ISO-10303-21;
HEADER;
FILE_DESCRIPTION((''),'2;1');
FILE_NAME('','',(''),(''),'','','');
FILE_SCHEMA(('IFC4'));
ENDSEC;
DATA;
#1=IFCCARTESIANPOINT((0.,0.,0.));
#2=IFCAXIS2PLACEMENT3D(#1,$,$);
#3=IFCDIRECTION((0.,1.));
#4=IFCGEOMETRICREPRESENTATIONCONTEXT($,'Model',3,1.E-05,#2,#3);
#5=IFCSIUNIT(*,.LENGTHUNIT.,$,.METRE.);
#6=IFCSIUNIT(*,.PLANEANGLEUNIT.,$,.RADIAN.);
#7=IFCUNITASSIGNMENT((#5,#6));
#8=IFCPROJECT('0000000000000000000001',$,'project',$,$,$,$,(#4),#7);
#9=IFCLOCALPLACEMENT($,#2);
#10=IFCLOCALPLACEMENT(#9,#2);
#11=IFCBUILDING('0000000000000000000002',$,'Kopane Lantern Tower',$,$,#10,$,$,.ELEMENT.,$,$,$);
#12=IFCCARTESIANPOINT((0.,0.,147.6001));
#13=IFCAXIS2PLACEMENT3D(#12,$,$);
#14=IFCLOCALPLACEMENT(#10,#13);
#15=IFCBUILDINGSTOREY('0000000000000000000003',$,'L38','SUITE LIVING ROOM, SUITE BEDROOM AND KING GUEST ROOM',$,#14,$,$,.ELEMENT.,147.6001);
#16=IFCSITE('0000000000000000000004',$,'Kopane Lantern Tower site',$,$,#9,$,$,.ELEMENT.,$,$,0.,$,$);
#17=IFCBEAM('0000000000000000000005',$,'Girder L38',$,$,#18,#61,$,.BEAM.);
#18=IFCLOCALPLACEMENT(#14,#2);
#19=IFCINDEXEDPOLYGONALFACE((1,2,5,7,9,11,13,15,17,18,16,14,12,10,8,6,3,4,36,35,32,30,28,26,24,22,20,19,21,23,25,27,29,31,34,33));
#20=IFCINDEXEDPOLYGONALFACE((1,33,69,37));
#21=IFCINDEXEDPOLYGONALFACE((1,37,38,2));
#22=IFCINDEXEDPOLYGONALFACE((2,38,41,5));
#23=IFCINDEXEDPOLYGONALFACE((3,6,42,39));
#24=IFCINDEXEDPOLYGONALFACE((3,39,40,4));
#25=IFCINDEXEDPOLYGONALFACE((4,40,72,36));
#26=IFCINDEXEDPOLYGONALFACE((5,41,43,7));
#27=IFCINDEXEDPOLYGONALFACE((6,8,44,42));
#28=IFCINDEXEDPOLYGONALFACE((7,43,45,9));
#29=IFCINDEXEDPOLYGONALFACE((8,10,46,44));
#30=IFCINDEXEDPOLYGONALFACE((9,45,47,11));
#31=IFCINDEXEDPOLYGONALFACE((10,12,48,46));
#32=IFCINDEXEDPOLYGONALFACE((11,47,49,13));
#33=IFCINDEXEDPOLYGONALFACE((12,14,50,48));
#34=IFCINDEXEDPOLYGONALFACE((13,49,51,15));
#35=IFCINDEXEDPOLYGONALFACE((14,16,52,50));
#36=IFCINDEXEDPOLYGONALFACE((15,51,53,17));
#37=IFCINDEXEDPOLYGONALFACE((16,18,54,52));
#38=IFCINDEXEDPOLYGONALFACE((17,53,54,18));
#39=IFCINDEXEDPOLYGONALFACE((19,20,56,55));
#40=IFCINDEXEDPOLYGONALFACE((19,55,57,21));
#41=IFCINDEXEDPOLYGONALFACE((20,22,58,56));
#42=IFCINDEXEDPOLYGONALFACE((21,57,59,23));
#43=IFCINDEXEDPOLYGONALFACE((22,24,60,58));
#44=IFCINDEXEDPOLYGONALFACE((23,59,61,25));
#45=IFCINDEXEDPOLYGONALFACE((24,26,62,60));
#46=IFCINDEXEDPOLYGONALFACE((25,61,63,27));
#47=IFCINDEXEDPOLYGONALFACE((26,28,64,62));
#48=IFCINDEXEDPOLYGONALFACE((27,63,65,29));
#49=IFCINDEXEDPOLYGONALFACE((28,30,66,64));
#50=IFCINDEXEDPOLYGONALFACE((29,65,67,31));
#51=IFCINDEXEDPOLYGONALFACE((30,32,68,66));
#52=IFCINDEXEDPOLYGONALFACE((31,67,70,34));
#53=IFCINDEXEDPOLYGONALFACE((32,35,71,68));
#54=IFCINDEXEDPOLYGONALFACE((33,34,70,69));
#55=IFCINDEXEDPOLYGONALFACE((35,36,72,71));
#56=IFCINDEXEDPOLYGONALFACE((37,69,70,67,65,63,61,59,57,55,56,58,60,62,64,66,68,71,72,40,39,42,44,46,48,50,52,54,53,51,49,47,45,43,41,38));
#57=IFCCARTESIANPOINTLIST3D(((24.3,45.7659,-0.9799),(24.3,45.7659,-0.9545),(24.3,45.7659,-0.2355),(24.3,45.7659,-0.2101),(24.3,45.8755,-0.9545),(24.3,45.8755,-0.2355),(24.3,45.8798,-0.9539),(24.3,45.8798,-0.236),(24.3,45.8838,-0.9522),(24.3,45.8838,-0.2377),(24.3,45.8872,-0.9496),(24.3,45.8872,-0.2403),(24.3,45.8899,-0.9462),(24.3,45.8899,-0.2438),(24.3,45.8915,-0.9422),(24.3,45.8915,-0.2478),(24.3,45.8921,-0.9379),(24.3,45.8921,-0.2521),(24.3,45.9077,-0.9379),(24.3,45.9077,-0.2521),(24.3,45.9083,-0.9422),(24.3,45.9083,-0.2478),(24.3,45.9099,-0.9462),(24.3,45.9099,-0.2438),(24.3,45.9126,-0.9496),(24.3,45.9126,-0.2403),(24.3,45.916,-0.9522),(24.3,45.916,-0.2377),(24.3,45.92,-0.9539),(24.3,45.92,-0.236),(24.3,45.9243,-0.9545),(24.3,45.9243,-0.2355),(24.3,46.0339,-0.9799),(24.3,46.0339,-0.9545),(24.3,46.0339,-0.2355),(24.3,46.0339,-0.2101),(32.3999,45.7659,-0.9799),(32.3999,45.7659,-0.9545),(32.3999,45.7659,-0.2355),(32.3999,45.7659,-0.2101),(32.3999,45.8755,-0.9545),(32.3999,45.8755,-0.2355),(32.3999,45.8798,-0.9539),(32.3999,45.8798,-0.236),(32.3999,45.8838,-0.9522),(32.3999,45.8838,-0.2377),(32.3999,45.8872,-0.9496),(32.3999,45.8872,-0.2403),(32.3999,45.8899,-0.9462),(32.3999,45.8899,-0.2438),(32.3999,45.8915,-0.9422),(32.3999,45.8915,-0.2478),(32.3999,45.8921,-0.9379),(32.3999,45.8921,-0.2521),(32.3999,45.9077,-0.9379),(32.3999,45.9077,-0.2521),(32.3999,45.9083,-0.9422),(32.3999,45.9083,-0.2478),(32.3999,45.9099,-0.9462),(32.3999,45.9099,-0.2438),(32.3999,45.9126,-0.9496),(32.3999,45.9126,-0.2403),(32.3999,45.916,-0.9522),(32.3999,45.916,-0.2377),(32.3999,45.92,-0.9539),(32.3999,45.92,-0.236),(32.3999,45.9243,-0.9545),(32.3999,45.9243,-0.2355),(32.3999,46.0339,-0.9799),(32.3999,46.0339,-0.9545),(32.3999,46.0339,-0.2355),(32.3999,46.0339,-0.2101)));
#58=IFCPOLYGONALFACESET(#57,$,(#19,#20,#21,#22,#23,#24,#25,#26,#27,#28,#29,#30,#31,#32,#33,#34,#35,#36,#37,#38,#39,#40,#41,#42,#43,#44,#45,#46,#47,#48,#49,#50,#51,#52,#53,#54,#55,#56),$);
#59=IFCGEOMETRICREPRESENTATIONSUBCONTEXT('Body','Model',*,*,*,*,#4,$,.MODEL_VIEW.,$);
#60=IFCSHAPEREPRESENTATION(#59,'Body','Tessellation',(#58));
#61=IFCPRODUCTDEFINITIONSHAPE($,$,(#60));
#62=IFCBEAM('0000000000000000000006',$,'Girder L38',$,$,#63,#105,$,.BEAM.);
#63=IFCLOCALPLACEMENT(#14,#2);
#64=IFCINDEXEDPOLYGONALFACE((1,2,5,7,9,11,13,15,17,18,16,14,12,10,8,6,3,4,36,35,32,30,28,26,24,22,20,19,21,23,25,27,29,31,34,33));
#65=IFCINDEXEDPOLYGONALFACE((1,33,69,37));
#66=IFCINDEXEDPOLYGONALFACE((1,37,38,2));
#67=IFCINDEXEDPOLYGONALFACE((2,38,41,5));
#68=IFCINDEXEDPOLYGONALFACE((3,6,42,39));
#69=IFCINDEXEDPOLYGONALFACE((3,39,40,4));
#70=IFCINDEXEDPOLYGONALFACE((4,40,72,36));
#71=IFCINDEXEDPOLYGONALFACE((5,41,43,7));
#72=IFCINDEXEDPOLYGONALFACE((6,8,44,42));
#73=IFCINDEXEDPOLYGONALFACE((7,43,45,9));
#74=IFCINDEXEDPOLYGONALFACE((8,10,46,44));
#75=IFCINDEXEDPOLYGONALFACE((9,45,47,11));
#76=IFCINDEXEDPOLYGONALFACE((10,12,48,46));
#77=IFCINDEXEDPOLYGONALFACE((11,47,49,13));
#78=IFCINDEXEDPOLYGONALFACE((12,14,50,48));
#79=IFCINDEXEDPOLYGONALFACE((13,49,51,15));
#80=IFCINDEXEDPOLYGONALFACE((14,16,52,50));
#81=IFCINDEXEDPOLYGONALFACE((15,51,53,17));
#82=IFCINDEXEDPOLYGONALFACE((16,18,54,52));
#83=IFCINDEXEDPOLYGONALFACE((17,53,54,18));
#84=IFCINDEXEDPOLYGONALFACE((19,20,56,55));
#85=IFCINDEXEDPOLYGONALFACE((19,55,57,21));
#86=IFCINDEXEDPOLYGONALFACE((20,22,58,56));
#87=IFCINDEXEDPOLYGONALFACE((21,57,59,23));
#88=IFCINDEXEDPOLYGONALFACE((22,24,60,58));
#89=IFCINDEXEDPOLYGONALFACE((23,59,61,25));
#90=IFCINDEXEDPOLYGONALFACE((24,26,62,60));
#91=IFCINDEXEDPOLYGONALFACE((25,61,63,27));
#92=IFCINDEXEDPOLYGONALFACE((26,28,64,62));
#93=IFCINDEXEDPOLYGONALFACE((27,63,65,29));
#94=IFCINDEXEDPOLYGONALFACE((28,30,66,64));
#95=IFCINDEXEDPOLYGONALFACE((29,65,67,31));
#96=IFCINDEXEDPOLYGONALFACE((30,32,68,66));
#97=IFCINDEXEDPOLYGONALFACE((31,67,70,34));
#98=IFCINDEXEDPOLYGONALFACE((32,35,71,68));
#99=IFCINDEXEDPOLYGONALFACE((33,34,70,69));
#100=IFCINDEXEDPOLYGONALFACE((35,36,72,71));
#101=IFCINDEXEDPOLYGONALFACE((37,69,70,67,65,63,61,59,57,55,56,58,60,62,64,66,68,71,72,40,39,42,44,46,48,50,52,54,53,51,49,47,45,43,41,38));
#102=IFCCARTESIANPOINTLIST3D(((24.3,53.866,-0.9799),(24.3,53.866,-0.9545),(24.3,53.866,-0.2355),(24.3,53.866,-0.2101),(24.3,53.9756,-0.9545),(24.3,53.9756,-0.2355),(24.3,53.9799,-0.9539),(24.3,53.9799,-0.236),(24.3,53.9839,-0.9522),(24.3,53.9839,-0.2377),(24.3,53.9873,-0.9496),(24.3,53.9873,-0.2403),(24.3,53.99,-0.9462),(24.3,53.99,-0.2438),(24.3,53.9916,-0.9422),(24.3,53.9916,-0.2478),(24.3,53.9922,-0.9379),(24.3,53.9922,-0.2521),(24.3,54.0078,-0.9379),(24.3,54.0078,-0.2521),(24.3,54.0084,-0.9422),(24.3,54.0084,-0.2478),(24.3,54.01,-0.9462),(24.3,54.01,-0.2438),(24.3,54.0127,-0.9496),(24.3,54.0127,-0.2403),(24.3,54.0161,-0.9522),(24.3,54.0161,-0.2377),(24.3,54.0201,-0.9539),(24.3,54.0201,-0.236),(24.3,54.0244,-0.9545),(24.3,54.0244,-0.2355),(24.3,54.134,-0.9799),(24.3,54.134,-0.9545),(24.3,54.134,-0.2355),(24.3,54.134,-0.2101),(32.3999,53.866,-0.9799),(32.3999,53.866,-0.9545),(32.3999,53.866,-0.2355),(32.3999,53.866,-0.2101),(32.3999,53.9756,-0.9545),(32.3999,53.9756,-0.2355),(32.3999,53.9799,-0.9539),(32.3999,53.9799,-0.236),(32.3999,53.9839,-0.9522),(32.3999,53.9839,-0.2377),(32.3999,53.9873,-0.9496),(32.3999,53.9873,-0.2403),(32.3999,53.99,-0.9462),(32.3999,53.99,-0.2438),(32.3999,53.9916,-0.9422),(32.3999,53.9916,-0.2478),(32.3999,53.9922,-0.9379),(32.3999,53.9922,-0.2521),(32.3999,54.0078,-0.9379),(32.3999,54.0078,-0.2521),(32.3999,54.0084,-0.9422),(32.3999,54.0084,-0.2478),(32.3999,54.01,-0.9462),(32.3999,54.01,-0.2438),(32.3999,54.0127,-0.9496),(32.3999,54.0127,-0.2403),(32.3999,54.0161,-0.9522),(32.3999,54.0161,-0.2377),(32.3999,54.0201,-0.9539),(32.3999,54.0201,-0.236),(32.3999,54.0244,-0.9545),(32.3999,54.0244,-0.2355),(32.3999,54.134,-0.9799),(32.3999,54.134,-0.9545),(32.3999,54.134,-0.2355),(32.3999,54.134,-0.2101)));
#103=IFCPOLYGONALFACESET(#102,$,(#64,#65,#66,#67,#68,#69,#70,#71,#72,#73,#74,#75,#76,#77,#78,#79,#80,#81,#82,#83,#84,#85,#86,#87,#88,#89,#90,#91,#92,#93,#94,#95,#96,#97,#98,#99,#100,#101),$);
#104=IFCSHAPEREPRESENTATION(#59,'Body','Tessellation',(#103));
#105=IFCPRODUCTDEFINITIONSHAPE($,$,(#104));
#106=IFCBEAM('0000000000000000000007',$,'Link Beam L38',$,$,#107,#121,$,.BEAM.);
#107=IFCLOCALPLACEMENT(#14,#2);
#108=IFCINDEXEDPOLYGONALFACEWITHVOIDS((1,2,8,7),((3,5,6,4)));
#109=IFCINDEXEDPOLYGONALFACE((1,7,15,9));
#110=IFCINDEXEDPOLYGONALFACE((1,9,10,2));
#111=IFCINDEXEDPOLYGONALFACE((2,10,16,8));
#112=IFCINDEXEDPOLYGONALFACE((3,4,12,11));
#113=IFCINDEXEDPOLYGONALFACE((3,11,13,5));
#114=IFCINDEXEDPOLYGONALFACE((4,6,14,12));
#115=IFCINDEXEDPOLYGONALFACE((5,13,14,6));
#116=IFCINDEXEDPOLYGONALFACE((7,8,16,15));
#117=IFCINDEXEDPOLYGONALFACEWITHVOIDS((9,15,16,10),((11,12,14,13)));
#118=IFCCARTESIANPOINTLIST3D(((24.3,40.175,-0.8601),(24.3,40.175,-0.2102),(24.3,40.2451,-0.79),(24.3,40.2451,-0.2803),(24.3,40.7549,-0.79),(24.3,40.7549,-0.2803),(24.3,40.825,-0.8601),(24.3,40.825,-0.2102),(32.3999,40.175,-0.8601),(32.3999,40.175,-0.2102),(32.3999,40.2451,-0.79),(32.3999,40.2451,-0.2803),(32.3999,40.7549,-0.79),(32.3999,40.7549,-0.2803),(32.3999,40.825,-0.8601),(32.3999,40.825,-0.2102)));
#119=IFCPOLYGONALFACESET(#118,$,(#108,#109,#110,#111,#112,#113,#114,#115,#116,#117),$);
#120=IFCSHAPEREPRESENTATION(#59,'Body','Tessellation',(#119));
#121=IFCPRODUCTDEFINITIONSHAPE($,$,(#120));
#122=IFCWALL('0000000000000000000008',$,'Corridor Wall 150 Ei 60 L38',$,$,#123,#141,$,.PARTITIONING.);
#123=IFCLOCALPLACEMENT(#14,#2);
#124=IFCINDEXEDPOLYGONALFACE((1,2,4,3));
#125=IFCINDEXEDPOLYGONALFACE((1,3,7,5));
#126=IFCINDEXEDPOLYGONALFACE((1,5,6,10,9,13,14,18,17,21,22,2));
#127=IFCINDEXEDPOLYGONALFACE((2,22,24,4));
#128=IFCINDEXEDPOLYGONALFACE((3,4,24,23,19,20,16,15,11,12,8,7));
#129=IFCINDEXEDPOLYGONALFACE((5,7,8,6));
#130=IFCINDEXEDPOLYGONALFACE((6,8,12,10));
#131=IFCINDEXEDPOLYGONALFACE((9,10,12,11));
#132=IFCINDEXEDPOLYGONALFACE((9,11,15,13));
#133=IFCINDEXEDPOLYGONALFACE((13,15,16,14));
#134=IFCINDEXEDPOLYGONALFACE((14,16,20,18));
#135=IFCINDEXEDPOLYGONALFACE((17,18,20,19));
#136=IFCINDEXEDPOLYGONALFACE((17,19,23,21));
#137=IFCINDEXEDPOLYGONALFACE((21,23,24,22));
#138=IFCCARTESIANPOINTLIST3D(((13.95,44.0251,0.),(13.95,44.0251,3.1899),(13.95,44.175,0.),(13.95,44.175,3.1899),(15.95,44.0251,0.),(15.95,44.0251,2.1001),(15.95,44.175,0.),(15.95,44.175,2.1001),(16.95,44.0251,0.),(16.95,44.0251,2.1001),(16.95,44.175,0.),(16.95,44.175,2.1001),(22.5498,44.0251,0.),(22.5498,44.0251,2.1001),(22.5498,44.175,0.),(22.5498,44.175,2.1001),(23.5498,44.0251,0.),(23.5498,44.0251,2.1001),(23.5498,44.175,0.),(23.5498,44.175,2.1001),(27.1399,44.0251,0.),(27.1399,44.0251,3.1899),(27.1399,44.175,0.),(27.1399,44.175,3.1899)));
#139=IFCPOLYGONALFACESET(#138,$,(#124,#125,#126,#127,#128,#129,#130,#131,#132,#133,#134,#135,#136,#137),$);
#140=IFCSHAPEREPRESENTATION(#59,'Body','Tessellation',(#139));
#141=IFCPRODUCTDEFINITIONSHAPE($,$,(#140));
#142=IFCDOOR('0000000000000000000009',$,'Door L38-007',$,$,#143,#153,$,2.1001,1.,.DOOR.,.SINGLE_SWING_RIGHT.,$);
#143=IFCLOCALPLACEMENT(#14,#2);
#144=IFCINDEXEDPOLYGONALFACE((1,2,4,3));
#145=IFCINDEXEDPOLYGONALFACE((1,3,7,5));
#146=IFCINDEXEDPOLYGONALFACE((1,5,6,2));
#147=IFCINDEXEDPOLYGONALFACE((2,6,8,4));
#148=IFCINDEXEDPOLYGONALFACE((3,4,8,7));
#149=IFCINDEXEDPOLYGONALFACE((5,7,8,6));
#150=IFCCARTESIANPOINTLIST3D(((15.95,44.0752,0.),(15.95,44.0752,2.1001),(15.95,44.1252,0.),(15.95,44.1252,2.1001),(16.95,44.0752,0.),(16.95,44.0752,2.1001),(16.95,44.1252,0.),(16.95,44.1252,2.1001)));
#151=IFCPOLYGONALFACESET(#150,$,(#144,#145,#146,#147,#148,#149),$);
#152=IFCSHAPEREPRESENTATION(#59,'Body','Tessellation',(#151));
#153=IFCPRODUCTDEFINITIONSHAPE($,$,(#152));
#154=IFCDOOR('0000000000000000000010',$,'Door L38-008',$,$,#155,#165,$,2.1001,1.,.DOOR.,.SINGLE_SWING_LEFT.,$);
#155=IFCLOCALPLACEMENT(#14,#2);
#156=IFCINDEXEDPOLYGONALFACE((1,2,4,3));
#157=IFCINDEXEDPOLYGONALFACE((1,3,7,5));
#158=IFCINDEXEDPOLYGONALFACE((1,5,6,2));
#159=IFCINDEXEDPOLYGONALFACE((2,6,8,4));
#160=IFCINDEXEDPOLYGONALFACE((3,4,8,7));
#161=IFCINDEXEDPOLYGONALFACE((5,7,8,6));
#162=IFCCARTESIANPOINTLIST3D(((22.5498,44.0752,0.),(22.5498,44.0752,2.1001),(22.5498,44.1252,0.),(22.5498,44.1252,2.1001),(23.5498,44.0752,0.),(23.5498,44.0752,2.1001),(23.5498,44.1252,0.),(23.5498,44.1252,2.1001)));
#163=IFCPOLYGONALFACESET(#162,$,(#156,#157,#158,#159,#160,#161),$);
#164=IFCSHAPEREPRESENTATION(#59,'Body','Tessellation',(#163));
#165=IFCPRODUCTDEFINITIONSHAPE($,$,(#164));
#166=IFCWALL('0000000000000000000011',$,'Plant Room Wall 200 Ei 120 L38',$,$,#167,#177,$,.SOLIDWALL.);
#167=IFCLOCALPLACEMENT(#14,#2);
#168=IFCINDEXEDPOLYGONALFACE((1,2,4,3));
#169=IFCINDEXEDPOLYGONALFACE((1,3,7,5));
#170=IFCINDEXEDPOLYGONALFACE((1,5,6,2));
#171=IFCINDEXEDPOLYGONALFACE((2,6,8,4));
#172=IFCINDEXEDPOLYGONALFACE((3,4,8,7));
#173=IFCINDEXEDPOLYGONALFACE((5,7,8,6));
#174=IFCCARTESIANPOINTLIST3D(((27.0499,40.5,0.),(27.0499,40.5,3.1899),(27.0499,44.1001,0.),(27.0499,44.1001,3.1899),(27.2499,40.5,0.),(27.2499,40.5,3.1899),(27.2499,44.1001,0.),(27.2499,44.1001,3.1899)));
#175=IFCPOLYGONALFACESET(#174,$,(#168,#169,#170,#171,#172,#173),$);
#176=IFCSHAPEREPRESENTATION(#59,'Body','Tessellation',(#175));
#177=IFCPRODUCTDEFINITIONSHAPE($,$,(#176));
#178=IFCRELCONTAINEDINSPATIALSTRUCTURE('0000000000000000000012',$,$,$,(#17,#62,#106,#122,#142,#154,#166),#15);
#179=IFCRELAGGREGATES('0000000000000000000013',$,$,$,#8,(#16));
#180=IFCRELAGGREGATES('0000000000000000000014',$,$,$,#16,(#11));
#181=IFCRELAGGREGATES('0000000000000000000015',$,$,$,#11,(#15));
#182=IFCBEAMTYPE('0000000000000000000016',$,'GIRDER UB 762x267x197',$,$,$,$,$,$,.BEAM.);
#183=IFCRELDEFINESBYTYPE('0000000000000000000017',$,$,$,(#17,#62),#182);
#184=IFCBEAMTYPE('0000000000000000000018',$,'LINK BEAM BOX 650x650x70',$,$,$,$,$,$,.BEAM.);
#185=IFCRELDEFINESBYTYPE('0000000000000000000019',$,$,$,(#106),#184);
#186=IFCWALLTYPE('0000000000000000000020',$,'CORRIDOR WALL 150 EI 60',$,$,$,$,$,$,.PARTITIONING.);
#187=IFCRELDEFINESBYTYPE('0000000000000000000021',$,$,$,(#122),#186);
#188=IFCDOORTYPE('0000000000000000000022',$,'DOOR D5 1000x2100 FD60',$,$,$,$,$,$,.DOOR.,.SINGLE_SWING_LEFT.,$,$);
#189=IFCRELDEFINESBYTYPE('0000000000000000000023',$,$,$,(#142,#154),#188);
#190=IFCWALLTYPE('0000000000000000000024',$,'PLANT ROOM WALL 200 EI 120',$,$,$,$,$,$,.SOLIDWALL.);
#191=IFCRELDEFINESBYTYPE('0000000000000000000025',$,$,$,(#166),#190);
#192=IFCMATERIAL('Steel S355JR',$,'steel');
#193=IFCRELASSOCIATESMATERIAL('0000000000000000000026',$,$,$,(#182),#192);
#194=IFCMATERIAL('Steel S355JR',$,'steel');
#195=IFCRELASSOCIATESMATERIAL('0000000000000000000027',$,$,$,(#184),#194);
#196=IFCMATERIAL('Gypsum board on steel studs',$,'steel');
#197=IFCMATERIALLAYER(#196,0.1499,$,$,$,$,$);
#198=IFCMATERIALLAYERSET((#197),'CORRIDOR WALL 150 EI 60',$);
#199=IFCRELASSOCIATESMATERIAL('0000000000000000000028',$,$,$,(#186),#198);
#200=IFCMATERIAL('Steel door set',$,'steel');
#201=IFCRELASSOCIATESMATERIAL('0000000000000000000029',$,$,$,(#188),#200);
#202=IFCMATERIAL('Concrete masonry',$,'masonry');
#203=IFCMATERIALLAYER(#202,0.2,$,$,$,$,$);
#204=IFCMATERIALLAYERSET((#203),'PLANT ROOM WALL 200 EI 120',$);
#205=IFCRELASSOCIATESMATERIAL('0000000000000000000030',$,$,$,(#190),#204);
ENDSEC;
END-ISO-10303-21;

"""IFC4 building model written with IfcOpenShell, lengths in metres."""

from ifc_helpers import new_model, si_unit, direction, frame, frame_2d, origin, origin_2d, place, context, subcontext, project, spatial, rectangle, hollow_rectangle, i_section, extrude, material, layer, layer_set, material_profile, profile_set, type_object, element, fill, save


model = new_model("IFC4")

# Units and contexts
model_context = context("Model", 3, precision=1e-05, world=origin(), true_north=direction((0.0, 1.0)))
body_context = subcontext(model_context, "Body", "Model", "MODEL_VIEW")
ifc_project = project(units=[si_unit("LENGTHUNIT", "METRE"), si_unit("PLANEANGLEUNIT", "RADIAN")], contexts=[model_context])

# Site, building, storey
site_placement = place(None, origin())
site = spatial("IfcSite", under=ifc_project, at=site_placement, Name="Kopane Lantern Tower site", CompositionType="ELEMENT", RefElevation=0.0)
building_placement = place(site_placement, origin())
building = spatial("IfcBuilding", under=site, at=building_placement, Name="Kopane Lantern Tower", CompositionType="ELEMENT")
storey_placement = place(building_placement, frame((0.0, 0.0, 147.6001)))
storey = spatial("IfcBuildingStorey", under=building, at=storey_placement, Name="L38", Description="SUITE LIVING ROOM, SUITE BEDROOM AND KING GUEST ROOM", CompositionType="ELEMENT", Elevation=147.6001)

# Beams
ifc_material_1 = material(Name="Steel S355JR", Category="steel")
ifc_material_profile_1 = material_profile(ifc_material_1, i_section(OverallWidth=0.2681, OverallDepth=0.7698, WebThickness=0.0156, FlangeThickness=0.0254, FilletRadius=0.0166, at=origin_2d()), Name="UB 762x267x197")
ifc_profile_set_1 = profile_set([ifc_material_profile_1], Name="Steel S355JR")
beam_type_1 = type_object("IfcBeamType", Name="GIRDER UB 762x267x197", PredefinedType="BEAM", material=ifc_profile_set_1)
for number, where, z_axis, x_axis, name in (
    (1, (24.3, 45.8999, -0.595), (1.0, 0.0, 0.0), (0.0, 1.0, 0.0), "Girder L38"),
    (2, (24.3, 54.0, -0.595), (1.0, 0.0, 0.0), (0.0, 1.0, 0.0), "Girder L38"),
):
    element("IfcBeam", number, at=place(storey_placement, frame(where, z_axis=z_axis, x_axis=x_axis)), inside=storey, type_object=beam_type_1, Name=name, PredefinedType="BEAM", context=body_context, shape_type="SweptSolid", body=[
        extrude(i_section(OverallWidth=0.2681, OverallDepth=0.7698, WebThickness=0.0156, FlangeThickness=0.0254, FilletRadius=0.0166, at=origin_2d()), origin(), (0.0, 0.0, 1.0), 8.0999),
    ])
ifc_material_2 = material(Name="Steel S355JR", Category="steel")
ifc_material_profile_2 = material_profile(ifc_material_2, hollow_rectangle(XDim=0.6499, YDim=0.6499, WallThickness=0.0701, at=origin_2d()), Name="BOX 650x650x70")
ifc_profile_set_2 = profile_set([ifc_material_profile_2], Name="Steel S355JR")
beam_type_2 = type_object("IfcBeamType", Name="LINK BEAM BOX 650x650x70", PredefinedType="BEAM", material=ifc_profile_set_2)
beam_1_placement = place(storey_placement, frame((24.3, 40.5, -0.5352), z_axis=(1.0, 0.0, 0.0), x_axis=(0.0, 1.0, 0.0)))
element("IfcBeam", 3, at=beam_1_placement, inside=storey, type_object=beam_type_2, Name="Link Beam L38", PredefinedType="BEAM", context=body_context, shape_type="SweptSolid", body=[
    extrude(hollow_rectangle(XDim=0.6499, YDim=0.6499, WallThickness=0.0701, at=origin_2d()), origin(), (0.0, 0.0, 1.0), 8.0999),
])

# Wall, openings, doors
ifc_material_3 = material(Name="Gypsum board on steel studs", Category="steel")
ifc_layer_1 = layer(ifc_material_3, 0.1499)
ifc_layer_set_1 = layer_set([ifc_layer_1], Name="CORRIDOR WALL 150 EI 60")
wall_type_1 = type_object("IfcWallType", Name="CORRIDOR WALL 150 EI 60", PredefinedType="PARTITIONING", material=ifc_layer_set_1)
wall_1_placement = place(storey_placement, frame((27.1399, 44.1001, 0.0), z_axis=(0.0, 0.0, 1.0), x_axis=(-1.0, 0.0, 0.0)))
wall_1 = element("IfcWall", 4, at=wall_1_placement, inside=storey, type_object=wall_type_1, Name="Corridor Wall 150 Ei 60 L38", PredefinedType="PARTITIONING", context=body_context, shape_type="SweptSolid", body=[
    extrude(rectangle(XDim=13.1899, YDim=0.1499, at=frame_2d((6.595, 0.0))), origin(), (0.0, 0.0, 1.0), 3.1899),
])
opening_1_placement = place(wall_1_placement, frame((10.1899, 0.0, 0.0)))
opening_1 = element("IfcOpeningElement", 5, at=opening_1_placement, cuts=wall_1, PredefinedType="OPENING", context=body_context, shape_type="SweptSolid", body=[
    extrude(rectangle(XDim=1.0, YDim=2.1001, at=frame_2d((0.5, 1.05))), frame((0.0, 0.085, 0.0), z_axis=(0.0, -1.0, 0.0), x_axis=(1.0, 0.0, 0.0)), (0.0, 0.0, 1.0), 0.1699),
])
opening_2_placement = place(wall_1_placement, frame((3.5901, 0.0, 0.0)))
opening_2 = element("IfcOpeningElement", 6, at=opening_2_placement, cuts=wall_1, PredefinedType="OPENING", context=body_context, shape_type="SweptSolid", body=[
    extrude(rectangle(XDim=1.0, YDim=2.1001, at=frame_2d((0.5, 1.05))), frame((0.0, 0.085, 0.0), z_axis=(0.0, -1.0, 0.0), x_axis=(1.0, 0.0, 0.0)), (0.0, 0.0, 1.0), 0.1699),
])
ifc_material_4 = material(Name="Steel door set", Category="steel")
door_type = type_object("IfcDoorType", Name="DOOR D5 1000x2100 FD60", OperationType="SINGLE_SWING_LEFT", PredefinedType="DOOR", material=ifc_material_4)
door_1_placement = place(opening_1_placement, origin())
door_1 = element("IfcDoor", 7, at=door_1_placement, inside=storey, type_object=door_type, Name="Door L38-007", OperationType="SINGLE_SWING_RIGHT", OverallHeight=2.1001, OverallWidth=1.0, PredefinedType="DOOR", context=body_context, shape_type="SweptSolid", body=[
    extrude(rectangle(XDim=1.0, YDim=2.1001, at=frame_2d((0.5, 1.05))), frame((0.0, 0.0249, 0.0), z_axis=(0.0, -1.0, 0.0), x_axis=(1.0, 0.0, 0.0)), (0.0, 0.0, 1.0), 0.05),
])
fill(opening_1, door_1)
door_2_placement = place(opening_2_placement, origin())
door_2 = element("IfcDoor", 8, at=door_2_placement, inside=storey, type_object=door_type, Name="Door L38-008", OperationType="SINGLE_SWING_LEFT", OverallHeight=2.1001, OverallWidth=1.0, PredefinedType="DOOR", context=body_context, shape_type="SweptSolid", body=[
    extrude(rectangle(XDim=1.0, YDim=2.1001, at=frame_2d((0.5, 1.05))), frame((0.0, 0.0249, 0.0), z_axis=(0.0, -1.0, 0.0), x_axis=(1.0, 0.0, 0.0)), (0.0, 0.0, 1.0), 0.05),
])
fill(opening_2, door_2)

# Wall
ifc_material_5 = material(Name="Concrete masonry", Category="masonry")
ifc_layer_2 = layer(ifc_material_5, 0.2)
ifc_layer_set_2 = layer_set([ifc_layer_2], Name="PLANT ROOM WALL 200 EI 120")
wall_type_2 = type_object("IfcWallType", Name="PLANT ROOM WALL 200 EI 120", PredefinedType="SOLIDWALL", material=ifc_layer_set_2)
wall_2_placement = place(storey_placement, frame((27.1499, 40.5, 0.0), z_axis=(0.0, 0.0, 1.0), x_axis=(0.0, 1.0, 0.0)))
element("IfcWall", 9, at=wall_2_placement, inside=storey, type_object=wall_type_2, Name="Plant Room Wall 200 Ei 120 L38", PredefinedType="SOLIDWALL", context=body_context, shape_type="SweptSolid", body=[
    extrude(rectangle(XDim=3.6001, YDim=0.2, at=frame_2d((1.8, 0.0))), origin(), (0.0, 0.0, 1.0), 3.1899),
])

save(model, "model.ifc")
